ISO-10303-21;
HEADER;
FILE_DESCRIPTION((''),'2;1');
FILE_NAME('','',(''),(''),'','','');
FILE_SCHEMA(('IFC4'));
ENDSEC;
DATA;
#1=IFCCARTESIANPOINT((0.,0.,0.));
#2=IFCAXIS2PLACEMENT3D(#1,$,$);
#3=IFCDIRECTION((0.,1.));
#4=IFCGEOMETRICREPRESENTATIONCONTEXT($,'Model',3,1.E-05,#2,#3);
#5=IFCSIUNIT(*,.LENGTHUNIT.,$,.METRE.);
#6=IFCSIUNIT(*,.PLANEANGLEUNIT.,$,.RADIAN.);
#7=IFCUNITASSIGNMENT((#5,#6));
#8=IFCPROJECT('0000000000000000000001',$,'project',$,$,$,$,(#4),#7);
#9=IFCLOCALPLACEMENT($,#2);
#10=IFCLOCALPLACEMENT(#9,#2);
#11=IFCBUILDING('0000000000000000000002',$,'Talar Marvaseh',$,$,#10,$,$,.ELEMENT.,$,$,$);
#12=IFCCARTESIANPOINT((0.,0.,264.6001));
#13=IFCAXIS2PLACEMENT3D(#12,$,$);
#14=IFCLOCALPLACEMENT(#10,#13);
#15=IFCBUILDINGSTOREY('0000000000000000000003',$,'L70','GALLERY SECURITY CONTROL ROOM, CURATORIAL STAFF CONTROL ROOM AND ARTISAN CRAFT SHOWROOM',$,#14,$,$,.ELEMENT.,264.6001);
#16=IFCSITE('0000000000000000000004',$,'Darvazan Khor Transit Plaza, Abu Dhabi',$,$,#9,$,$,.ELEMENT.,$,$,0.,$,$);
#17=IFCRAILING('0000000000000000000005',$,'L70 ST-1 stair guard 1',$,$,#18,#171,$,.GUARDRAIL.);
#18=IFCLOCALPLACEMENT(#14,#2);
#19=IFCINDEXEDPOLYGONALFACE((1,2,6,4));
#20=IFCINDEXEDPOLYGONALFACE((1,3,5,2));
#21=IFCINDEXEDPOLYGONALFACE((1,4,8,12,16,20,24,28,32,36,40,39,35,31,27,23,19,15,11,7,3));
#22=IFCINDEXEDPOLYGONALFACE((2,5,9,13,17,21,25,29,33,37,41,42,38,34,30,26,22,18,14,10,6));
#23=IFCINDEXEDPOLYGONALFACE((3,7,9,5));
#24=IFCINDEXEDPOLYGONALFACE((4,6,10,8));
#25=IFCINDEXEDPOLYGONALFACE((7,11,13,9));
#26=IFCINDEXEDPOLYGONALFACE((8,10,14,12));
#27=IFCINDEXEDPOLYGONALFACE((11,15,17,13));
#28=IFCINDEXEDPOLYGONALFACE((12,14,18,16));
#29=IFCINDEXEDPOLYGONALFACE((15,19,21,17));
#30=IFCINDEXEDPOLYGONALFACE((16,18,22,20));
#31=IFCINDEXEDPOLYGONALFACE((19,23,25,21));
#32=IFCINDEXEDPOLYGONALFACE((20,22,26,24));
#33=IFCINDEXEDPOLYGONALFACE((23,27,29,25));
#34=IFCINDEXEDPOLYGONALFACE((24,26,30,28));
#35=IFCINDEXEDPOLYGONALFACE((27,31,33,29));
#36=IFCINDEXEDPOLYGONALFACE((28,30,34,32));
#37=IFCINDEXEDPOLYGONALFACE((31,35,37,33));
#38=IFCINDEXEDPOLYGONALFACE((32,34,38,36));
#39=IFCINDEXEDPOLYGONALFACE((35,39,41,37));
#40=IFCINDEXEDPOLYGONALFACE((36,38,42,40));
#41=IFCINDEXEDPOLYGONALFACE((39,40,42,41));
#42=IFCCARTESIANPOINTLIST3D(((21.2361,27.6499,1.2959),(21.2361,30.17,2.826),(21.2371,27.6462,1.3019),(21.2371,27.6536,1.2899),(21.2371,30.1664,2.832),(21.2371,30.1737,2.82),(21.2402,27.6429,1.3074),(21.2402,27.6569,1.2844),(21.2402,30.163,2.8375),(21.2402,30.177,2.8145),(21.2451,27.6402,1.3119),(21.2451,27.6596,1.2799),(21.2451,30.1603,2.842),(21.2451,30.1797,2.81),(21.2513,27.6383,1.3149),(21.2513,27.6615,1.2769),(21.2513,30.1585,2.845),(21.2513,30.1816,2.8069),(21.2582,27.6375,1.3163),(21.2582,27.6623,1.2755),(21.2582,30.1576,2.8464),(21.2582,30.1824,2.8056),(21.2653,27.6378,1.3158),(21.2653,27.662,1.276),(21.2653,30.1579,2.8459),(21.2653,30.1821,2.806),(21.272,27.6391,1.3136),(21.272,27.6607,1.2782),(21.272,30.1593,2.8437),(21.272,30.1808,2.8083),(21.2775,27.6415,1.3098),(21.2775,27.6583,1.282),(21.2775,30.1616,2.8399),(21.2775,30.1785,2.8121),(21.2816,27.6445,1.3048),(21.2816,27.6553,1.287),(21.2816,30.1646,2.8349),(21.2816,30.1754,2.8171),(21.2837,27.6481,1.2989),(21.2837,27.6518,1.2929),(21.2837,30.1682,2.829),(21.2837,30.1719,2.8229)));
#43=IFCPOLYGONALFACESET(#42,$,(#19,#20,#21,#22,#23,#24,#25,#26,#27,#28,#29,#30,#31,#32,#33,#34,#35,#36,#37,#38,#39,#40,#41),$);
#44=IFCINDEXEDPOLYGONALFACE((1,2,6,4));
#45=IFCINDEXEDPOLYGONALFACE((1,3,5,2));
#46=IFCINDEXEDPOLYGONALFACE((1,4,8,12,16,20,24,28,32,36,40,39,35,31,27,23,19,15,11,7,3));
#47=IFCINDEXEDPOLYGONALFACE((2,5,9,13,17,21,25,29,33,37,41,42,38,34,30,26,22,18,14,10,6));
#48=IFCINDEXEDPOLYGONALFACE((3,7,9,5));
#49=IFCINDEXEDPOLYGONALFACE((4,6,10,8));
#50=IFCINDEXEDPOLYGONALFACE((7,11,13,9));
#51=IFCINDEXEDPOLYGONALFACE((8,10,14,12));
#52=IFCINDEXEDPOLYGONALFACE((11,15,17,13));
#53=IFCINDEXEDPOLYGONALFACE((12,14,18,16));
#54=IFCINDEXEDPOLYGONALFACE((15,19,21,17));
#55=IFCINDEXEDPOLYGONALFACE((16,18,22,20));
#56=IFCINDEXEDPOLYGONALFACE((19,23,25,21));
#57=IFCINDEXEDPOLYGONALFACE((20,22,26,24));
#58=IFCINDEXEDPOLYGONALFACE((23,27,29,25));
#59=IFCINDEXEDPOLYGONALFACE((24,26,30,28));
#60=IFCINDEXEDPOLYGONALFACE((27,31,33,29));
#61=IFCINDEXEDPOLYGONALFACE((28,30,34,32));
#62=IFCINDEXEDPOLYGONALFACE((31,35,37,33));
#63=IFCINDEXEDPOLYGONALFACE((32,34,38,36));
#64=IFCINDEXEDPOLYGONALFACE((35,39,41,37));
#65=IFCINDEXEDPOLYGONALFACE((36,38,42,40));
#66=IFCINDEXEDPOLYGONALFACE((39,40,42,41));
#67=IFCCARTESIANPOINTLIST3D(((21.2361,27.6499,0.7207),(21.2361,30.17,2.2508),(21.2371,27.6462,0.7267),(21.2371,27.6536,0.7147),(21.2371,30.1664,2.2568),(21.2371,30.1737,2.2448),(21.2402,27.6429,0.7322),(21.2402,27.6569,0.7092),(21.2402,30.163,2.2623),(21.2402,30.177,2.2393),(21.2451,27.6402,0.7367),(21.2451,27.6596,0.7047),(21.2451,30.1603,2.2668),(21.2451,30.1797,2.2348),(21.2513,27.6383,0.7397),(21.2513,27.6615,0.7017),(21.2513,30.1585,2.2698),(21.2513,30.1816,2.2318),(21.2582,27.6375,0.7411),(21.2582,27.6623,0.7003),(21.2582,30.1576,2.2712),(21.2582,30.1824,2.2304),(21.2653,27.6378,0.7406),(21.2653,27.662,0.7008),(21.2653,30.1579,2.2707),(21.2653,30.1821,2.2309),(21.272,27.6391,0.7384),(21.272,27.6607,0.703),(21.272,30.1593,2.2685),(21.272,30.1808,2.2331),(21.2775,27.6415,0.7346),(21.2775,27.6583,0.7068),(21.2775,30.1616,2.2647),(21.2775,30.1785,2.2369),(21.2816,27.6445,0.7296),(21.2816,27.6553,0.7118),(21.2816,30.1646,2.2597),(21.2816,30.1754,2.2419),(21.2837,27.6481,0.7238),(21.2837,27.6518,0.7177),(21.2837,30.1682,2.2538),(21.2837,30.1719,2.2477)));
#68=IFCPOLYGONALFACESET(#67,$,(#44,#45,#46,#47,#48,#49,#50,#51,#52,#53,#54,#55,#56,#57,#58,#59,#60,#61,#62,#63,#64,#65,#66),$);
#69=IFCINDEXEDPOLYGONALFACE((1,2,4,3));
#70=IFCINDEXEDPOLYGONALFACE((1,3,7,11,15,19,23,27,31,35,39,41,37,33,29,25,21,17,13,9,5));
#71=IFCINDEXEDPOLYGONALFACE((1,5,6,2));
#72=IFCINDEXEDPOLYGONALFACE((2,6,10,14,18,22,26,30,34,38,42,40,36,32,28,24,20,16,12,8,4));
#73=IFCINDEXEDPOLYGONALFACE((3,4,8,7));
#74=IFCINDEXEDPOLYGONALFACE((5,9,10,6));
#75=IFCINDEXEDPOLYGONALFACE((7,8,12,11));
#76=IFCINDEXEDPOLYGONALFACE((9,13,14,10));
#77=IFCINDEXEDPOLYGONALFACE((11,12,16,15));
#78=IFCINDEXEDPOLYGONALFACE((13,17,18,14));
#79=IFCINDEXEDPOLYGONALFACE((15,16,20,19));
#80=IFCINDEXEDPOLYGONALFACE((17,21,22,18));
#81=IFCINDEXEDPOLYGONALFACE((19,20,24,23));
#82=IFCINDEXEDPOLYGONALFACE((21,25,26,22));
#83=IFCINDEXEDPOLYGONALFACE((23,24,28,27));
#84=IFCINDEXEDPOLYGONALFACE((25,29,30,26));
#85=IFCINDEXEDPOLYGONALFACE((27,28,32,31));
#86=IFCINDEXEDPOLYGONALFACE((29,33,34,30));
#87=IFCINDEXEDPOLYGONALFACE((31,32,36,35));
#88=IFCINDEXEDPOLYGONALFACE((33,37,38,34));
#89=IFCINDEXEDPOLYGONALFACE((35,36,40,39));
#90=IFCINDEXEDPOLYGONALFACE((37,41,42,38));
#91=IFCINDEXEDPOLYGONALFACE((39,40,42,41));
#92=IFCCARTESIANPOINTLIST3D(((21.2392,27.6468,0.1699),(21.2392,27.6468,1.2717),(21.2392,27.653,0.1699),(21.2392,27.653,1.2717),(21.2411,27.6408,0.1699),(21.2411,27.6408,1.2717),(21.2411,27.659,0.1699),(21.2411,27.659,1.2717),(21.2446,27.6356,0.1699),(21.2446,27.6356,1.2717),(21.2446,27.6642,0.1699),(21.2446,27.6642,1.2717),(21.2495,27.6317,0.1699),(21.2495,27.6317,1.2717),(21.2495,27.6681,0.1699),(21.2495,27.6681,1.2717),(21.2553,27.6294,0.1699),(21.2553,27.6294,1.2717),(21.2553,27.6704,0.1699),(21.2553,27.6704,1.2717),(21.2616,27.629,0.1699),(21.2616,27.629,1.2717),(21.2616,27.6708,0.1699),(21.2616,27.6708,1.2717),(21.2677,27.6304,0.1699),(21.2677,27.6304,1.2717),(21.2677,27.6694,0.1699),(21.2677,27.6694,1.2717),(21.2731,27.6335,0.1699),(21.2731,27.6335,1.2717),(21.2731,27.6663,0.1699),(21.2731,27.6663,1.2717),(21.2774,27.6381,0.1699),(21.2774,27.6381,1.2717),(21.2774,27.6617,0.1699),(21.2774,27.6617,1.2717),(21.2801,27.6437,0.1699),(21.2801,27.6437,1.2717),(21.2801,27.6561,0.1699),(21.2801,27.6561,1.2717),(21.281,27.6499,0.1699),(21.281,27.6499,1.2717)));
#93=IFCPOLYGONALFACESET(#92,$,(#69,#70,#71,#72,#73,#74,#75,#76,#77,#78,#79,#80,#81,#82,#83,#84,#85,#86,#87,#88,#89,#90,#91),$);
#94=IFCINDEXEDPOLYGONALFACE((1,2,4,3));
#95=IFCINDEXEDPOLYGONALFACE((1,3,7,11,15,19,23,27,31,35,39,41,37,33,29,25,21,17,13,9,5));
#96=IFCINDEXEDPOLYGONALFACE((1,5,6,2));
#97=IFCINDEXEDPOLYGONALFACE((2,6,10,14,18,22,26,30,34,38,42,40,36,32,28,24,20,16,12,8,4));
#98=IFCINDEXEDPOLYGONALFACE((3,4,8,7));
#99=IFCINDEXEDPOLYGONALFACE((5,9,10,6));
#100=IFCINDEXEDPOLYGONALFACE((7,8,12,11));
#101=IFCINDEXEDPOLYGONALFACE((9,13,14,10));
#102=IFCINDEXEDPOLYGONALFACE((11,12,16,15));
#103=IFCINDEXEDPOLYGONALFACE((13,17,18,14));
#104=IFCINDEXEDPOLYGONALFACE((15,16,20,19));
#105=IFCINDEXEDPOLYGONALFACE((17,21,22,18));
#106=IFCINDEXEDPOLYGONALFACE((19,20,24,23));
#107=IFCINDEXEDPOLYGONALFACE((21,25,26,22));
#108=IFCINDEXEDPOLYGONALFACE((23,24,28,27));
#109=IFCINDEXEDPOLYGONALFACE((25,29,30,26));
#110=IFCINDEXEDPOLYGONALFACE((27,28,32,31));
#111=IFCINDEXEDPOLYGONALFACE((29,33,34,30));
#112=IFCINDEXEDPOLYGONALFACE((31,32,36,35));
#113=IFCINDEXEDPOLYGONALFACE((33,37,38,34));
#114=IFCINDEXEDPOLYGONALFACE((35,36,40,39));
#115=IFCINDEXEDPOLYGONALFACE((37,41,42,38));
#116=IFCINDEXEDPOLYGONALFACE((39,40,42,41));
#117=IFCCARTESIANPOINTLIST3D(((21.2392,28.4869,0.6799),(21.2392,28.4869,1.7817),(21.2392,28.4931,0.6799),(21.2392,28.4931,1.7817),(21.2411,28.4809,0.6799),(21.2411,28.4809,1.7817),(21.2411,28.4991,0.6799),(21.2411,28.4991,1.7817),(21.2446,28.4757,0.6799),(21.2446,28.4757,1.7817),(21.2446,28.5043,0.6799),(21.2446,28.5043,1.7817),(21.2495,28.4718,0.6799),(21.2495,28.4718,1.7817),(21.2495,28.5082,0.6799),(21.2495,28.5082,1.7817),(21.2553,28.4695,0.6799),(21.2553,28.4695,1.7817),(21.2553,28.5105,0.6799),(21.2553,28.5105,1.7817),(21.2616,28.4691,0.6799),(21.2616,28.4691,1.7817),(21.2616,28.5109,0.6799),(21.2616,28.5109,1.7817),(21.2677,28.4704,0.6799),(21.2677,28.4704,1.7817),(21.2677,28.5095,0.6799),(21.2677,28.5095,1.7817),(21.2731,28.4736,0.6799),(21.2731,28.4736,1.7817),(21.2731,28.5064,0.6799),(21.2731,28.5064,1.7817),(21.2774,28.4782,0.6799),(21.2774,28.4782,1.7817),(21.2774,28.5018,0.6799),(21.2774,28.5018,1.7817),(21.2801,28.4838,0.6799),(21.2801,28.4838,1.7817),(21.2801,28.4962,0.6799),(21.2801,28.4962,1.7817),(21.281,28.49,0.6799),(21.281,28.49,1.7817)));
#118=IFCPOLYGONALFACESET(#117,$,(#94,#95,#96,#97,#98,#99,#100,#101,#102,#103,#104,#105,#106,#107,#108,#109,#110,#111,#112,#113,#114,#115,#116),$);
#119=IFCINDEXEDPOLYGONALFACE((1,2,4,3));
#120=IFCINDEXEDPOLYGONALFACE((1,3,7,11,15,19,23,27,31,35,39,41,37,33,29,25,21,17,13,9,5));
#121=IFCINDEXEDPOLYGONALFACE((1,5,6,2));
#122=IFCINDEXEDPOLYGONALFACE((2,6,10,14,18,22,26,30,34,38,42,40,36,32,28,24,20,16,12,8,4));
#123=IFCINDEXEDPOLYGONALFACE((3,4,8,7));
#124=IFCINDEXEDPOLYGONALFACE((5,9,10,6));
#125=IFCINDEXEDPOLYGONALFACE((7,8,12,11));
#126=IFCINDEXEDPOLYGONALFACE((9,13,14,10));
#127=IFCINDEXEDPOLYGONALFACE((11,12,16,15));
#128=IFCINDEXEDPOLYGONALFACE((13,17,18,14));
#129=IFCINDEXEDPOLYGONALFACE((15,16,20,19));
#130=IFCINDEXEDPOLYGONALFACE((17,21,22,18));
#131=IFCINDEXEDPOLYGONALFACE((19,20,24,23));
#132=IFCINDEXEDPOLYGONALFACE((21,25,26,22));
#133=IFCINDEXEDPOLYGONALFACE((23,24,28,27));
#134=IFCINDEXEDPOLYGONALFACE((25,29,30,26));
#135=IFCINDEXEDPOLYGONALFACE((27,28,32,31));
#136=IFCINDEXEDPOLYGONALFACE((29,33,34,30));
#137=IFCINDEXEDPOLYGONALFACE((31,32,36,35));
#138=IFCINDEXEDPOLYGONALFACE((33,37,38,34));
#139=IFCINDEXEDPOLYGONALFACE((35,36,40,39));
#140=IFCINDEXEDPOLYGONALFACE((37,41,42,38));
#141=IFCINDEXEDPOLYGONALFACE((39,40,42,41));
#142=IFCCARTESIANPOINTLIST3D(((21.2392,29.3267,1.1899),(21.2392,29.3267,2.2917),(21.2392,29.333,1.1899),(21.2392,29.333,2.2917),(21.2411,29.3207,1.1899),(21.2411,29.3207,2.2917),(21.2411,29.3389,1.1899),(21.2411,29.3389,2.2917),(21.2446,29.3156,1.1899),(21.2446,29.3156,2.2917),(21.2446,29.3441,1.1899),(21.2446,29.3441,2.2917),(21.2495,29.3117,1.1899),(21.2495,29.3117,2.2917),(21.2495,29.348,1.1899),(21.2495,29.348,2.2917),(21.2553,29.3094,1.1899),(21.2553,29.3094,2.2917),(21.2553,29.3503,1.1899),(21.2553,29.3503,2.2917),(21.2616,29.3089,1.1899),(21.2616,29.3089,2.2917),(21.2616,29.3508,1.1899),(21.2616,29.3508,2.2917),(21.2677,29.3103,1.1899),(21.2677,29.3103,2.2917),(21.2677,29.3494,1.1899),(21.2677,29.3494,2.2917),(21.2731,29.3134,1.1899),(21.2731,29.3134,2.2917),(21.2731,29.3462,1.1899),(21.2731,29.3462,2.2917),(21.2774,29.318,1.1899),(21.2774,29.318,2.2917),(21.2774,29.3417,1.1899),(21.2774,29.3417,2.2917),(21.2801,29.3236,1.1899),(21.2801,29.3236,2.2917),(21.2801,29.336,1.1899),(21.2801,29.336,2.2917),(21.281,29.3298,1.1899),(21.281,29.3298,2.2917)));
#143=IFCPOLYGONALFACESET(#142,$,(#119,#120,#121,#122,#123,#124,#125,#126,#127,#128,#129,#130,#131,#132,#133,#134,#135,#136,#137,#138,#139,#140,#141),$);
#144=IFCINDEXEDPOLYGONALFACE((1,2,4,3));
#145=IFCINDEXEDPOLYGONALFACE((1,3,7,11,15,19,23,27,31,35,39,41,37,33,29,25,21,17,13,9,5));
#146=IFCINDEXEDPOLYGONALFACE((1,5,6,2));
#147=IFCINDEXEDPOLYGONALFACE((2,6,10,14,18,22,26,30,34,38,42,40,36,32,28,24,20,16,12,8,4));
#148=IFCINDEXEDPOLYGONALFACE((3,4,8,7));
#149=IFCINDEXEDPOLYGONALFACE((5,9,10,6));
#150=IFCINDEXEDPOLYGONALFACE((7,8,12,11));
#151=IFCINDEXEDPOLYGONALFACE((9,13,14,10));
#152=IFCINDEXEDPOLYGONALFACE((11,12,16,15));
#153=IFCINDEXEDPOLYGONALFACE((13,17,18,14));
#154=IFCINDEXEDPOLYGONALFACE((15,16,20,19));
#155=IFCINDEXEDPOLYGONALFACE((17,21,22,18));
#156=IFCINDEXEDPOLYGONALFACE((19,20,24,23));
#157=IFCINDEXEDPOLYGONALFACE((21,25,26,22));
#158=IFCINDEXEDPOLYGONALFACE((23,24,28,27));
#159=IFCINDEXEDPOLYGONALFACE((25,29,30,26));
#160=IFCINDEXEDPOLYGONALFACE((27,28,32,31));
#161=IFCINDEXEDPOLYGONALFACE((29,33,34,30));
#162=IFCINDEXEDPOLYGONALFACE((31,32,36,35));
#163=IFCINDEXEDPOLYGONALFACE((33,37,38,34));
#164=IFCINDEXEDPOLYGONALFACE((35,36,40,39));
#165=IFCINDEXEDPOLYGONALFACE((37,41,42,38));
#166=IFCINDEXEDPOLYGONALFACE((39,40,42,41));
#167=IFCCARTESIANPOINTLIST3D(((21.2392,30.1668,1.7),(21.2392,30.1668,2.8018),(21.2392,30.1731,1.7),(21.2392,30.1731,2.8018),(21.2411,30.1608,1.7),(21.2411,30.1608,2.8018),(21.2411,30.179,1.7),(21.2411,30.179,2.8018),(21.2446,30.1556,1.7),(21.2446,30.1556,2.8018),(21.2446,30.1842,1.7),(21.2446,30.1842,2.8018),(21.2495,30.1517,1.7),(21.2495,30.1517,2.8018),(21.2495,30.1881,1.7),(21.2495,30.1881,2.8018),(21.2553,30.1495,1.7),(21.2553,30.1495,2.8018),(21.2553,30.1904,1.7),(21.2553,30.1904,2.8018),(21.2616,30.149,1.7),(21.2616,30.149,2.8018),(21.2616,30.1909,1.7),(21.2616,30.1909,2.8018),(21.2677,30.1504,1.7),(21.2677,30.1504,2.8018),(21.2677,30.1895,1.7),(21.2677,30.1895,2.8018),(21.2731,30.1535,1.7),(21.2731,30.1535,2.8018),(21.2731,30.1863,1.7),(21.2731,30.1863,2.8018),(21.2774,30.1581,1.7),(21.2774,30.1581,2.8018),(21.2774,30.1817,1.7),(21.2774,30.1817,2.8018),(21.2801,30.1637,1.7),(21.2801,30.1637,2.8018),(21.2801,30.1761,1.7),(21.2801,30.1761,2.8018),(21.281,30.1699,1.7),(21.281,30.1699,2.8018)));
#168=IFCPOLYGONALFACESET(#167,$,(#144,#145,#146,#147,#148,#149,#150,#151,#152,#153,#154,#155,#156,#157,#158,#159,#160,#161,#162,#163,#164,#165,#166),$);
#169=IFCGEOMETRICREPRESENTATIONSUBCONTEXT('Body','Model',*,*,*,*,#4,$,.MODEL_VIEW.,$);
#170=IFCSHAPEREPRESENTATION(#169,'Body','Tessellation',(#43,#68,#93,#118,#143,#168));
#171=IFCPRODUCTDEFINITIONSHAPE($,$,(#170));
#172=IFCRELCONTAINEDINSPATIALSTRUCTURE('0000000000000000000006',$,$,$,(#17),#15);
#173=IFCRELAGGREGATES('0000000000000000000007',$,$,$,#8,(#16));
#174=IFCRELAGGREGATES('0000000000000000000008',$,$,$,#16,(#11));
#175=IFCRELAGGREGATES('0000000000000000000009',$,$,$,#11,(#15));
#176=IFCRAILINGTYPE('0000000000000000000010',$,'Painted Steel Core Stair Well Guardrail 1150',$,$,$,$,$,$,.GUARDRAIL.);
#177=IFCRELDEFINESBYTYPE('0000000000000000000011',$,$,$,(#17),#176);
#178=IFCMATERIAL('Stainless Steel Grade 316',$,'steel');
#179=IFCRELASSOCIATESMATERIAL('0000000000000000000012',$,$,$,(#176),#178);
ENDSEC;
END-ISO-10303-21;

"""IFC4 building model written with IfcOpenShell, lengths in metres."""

from ifc_helpers import new_model, si_unit, direction, frame, origin, origin_2d, place, context, subcontext, project, spatial, circle, extrude, material, type_object, element, save


model = new_model("IFC4")

# Units and contexts
model_context = context("Model", 3, precision=1e-05, world=origin(), true_north=direction((0.0, 1.0)))
body_context = subcontext(model_context, "Body", "Model", "MODEL_VIEW")
ifc_project = project(units=[si_unit("LENGTHUNIT", "METRE"), si_unit("PLANEANGLEUNIT", "RADIAN")], contexts=[model_context])

# Site, building, storey
site_placement = place(None, origin())
site = spatial("IfcSite", under=ifc_project, at=site_placement, Name="Darvazan Khor Transit Plaza, Abu Dhabi", CompositionType="ELEMENT", RefElevation=0.0)
building_placement = place(site_placement, origin())
building = spatial("IfcBuilding", under=site, at=building_placement, Name="Talar Marvaseh", CompositionType="ELEMENT")
storey_placement = place(building_placement, frame((0.0, 0.0, 264.6001)))
storey = spatial("IfcBuildingStorey", under=building, at=storey_placement, Name="L70", Description="GALLERY SECURITY CONTROL ROOM, CURATORIAL STAFF CONTROL ROOM AND ARTISAN CRAFT SHOWROOM", CompositionType="ELEMENT", Elevation=264.6001)

# Railing
ifc_material_1 = material(Name="Stainless Steel Grade 316", Category="steel")
railing_type_1 = type_object("IfcRailingType", Name="Painted Steel Core Stair Well Guardrail 1150", PredefinedType="GUARDRAIL", material=ifc_material_1)
railing_1_placement = place(storey_placement, frame((21.26, 27.6499, 0.1699)))
element("IfcRailing", 1, at=railing_1_placement, inside=storey, type_object=railing_type_1, Name="L70 ST-1 stair guard 1", PredefinedType="GUARDRAIL", context=body_context, shape_type="SweptSolid", body=[
    extrude(circle(Radius=0.0239, at=origin_2d()), frame((0.0, 0.0, 1.126), z_axis=(0.0, 0.854785, 0.518982), x_axis=(-1.0, 0.0, 0.0)), (0.0, 0.0, 1.0), 2.9482),
    extrude(circle(Radius=0.0239, at=origin_2d()), frame((0.0, 0.0, 0.5508), z_axis=(0.0, 0.854785, 0.518982), x_axis=(-1.0, 0.0, 0.0)), (0.0, 0.0, 1.0), 2.9482),
    extrude(circle(Radius=0.021, at=origin_2d()), origin(), (0.0, 0.0, 1.0), 1.1018),
    extrude(circle(Radius=0.021, at=origin_2d()), frame((0.0, 0.8401, 0.51)), (0.0, 0.0, 1.0), 1.1018),
    extrude(circle(Radius=0.021, at=origin_2d()), frame((0.0, 1.6799, 1.02)), (0.0, 0.0, 1.0), 1.1018),
    extrude(circle(Radius=0.021, at=origin_2d()), frame((0.0, 2.52, 1.53)), (0.0, 0.0, 1.0), 1.1018),
])

save(model, "model.ifc")
